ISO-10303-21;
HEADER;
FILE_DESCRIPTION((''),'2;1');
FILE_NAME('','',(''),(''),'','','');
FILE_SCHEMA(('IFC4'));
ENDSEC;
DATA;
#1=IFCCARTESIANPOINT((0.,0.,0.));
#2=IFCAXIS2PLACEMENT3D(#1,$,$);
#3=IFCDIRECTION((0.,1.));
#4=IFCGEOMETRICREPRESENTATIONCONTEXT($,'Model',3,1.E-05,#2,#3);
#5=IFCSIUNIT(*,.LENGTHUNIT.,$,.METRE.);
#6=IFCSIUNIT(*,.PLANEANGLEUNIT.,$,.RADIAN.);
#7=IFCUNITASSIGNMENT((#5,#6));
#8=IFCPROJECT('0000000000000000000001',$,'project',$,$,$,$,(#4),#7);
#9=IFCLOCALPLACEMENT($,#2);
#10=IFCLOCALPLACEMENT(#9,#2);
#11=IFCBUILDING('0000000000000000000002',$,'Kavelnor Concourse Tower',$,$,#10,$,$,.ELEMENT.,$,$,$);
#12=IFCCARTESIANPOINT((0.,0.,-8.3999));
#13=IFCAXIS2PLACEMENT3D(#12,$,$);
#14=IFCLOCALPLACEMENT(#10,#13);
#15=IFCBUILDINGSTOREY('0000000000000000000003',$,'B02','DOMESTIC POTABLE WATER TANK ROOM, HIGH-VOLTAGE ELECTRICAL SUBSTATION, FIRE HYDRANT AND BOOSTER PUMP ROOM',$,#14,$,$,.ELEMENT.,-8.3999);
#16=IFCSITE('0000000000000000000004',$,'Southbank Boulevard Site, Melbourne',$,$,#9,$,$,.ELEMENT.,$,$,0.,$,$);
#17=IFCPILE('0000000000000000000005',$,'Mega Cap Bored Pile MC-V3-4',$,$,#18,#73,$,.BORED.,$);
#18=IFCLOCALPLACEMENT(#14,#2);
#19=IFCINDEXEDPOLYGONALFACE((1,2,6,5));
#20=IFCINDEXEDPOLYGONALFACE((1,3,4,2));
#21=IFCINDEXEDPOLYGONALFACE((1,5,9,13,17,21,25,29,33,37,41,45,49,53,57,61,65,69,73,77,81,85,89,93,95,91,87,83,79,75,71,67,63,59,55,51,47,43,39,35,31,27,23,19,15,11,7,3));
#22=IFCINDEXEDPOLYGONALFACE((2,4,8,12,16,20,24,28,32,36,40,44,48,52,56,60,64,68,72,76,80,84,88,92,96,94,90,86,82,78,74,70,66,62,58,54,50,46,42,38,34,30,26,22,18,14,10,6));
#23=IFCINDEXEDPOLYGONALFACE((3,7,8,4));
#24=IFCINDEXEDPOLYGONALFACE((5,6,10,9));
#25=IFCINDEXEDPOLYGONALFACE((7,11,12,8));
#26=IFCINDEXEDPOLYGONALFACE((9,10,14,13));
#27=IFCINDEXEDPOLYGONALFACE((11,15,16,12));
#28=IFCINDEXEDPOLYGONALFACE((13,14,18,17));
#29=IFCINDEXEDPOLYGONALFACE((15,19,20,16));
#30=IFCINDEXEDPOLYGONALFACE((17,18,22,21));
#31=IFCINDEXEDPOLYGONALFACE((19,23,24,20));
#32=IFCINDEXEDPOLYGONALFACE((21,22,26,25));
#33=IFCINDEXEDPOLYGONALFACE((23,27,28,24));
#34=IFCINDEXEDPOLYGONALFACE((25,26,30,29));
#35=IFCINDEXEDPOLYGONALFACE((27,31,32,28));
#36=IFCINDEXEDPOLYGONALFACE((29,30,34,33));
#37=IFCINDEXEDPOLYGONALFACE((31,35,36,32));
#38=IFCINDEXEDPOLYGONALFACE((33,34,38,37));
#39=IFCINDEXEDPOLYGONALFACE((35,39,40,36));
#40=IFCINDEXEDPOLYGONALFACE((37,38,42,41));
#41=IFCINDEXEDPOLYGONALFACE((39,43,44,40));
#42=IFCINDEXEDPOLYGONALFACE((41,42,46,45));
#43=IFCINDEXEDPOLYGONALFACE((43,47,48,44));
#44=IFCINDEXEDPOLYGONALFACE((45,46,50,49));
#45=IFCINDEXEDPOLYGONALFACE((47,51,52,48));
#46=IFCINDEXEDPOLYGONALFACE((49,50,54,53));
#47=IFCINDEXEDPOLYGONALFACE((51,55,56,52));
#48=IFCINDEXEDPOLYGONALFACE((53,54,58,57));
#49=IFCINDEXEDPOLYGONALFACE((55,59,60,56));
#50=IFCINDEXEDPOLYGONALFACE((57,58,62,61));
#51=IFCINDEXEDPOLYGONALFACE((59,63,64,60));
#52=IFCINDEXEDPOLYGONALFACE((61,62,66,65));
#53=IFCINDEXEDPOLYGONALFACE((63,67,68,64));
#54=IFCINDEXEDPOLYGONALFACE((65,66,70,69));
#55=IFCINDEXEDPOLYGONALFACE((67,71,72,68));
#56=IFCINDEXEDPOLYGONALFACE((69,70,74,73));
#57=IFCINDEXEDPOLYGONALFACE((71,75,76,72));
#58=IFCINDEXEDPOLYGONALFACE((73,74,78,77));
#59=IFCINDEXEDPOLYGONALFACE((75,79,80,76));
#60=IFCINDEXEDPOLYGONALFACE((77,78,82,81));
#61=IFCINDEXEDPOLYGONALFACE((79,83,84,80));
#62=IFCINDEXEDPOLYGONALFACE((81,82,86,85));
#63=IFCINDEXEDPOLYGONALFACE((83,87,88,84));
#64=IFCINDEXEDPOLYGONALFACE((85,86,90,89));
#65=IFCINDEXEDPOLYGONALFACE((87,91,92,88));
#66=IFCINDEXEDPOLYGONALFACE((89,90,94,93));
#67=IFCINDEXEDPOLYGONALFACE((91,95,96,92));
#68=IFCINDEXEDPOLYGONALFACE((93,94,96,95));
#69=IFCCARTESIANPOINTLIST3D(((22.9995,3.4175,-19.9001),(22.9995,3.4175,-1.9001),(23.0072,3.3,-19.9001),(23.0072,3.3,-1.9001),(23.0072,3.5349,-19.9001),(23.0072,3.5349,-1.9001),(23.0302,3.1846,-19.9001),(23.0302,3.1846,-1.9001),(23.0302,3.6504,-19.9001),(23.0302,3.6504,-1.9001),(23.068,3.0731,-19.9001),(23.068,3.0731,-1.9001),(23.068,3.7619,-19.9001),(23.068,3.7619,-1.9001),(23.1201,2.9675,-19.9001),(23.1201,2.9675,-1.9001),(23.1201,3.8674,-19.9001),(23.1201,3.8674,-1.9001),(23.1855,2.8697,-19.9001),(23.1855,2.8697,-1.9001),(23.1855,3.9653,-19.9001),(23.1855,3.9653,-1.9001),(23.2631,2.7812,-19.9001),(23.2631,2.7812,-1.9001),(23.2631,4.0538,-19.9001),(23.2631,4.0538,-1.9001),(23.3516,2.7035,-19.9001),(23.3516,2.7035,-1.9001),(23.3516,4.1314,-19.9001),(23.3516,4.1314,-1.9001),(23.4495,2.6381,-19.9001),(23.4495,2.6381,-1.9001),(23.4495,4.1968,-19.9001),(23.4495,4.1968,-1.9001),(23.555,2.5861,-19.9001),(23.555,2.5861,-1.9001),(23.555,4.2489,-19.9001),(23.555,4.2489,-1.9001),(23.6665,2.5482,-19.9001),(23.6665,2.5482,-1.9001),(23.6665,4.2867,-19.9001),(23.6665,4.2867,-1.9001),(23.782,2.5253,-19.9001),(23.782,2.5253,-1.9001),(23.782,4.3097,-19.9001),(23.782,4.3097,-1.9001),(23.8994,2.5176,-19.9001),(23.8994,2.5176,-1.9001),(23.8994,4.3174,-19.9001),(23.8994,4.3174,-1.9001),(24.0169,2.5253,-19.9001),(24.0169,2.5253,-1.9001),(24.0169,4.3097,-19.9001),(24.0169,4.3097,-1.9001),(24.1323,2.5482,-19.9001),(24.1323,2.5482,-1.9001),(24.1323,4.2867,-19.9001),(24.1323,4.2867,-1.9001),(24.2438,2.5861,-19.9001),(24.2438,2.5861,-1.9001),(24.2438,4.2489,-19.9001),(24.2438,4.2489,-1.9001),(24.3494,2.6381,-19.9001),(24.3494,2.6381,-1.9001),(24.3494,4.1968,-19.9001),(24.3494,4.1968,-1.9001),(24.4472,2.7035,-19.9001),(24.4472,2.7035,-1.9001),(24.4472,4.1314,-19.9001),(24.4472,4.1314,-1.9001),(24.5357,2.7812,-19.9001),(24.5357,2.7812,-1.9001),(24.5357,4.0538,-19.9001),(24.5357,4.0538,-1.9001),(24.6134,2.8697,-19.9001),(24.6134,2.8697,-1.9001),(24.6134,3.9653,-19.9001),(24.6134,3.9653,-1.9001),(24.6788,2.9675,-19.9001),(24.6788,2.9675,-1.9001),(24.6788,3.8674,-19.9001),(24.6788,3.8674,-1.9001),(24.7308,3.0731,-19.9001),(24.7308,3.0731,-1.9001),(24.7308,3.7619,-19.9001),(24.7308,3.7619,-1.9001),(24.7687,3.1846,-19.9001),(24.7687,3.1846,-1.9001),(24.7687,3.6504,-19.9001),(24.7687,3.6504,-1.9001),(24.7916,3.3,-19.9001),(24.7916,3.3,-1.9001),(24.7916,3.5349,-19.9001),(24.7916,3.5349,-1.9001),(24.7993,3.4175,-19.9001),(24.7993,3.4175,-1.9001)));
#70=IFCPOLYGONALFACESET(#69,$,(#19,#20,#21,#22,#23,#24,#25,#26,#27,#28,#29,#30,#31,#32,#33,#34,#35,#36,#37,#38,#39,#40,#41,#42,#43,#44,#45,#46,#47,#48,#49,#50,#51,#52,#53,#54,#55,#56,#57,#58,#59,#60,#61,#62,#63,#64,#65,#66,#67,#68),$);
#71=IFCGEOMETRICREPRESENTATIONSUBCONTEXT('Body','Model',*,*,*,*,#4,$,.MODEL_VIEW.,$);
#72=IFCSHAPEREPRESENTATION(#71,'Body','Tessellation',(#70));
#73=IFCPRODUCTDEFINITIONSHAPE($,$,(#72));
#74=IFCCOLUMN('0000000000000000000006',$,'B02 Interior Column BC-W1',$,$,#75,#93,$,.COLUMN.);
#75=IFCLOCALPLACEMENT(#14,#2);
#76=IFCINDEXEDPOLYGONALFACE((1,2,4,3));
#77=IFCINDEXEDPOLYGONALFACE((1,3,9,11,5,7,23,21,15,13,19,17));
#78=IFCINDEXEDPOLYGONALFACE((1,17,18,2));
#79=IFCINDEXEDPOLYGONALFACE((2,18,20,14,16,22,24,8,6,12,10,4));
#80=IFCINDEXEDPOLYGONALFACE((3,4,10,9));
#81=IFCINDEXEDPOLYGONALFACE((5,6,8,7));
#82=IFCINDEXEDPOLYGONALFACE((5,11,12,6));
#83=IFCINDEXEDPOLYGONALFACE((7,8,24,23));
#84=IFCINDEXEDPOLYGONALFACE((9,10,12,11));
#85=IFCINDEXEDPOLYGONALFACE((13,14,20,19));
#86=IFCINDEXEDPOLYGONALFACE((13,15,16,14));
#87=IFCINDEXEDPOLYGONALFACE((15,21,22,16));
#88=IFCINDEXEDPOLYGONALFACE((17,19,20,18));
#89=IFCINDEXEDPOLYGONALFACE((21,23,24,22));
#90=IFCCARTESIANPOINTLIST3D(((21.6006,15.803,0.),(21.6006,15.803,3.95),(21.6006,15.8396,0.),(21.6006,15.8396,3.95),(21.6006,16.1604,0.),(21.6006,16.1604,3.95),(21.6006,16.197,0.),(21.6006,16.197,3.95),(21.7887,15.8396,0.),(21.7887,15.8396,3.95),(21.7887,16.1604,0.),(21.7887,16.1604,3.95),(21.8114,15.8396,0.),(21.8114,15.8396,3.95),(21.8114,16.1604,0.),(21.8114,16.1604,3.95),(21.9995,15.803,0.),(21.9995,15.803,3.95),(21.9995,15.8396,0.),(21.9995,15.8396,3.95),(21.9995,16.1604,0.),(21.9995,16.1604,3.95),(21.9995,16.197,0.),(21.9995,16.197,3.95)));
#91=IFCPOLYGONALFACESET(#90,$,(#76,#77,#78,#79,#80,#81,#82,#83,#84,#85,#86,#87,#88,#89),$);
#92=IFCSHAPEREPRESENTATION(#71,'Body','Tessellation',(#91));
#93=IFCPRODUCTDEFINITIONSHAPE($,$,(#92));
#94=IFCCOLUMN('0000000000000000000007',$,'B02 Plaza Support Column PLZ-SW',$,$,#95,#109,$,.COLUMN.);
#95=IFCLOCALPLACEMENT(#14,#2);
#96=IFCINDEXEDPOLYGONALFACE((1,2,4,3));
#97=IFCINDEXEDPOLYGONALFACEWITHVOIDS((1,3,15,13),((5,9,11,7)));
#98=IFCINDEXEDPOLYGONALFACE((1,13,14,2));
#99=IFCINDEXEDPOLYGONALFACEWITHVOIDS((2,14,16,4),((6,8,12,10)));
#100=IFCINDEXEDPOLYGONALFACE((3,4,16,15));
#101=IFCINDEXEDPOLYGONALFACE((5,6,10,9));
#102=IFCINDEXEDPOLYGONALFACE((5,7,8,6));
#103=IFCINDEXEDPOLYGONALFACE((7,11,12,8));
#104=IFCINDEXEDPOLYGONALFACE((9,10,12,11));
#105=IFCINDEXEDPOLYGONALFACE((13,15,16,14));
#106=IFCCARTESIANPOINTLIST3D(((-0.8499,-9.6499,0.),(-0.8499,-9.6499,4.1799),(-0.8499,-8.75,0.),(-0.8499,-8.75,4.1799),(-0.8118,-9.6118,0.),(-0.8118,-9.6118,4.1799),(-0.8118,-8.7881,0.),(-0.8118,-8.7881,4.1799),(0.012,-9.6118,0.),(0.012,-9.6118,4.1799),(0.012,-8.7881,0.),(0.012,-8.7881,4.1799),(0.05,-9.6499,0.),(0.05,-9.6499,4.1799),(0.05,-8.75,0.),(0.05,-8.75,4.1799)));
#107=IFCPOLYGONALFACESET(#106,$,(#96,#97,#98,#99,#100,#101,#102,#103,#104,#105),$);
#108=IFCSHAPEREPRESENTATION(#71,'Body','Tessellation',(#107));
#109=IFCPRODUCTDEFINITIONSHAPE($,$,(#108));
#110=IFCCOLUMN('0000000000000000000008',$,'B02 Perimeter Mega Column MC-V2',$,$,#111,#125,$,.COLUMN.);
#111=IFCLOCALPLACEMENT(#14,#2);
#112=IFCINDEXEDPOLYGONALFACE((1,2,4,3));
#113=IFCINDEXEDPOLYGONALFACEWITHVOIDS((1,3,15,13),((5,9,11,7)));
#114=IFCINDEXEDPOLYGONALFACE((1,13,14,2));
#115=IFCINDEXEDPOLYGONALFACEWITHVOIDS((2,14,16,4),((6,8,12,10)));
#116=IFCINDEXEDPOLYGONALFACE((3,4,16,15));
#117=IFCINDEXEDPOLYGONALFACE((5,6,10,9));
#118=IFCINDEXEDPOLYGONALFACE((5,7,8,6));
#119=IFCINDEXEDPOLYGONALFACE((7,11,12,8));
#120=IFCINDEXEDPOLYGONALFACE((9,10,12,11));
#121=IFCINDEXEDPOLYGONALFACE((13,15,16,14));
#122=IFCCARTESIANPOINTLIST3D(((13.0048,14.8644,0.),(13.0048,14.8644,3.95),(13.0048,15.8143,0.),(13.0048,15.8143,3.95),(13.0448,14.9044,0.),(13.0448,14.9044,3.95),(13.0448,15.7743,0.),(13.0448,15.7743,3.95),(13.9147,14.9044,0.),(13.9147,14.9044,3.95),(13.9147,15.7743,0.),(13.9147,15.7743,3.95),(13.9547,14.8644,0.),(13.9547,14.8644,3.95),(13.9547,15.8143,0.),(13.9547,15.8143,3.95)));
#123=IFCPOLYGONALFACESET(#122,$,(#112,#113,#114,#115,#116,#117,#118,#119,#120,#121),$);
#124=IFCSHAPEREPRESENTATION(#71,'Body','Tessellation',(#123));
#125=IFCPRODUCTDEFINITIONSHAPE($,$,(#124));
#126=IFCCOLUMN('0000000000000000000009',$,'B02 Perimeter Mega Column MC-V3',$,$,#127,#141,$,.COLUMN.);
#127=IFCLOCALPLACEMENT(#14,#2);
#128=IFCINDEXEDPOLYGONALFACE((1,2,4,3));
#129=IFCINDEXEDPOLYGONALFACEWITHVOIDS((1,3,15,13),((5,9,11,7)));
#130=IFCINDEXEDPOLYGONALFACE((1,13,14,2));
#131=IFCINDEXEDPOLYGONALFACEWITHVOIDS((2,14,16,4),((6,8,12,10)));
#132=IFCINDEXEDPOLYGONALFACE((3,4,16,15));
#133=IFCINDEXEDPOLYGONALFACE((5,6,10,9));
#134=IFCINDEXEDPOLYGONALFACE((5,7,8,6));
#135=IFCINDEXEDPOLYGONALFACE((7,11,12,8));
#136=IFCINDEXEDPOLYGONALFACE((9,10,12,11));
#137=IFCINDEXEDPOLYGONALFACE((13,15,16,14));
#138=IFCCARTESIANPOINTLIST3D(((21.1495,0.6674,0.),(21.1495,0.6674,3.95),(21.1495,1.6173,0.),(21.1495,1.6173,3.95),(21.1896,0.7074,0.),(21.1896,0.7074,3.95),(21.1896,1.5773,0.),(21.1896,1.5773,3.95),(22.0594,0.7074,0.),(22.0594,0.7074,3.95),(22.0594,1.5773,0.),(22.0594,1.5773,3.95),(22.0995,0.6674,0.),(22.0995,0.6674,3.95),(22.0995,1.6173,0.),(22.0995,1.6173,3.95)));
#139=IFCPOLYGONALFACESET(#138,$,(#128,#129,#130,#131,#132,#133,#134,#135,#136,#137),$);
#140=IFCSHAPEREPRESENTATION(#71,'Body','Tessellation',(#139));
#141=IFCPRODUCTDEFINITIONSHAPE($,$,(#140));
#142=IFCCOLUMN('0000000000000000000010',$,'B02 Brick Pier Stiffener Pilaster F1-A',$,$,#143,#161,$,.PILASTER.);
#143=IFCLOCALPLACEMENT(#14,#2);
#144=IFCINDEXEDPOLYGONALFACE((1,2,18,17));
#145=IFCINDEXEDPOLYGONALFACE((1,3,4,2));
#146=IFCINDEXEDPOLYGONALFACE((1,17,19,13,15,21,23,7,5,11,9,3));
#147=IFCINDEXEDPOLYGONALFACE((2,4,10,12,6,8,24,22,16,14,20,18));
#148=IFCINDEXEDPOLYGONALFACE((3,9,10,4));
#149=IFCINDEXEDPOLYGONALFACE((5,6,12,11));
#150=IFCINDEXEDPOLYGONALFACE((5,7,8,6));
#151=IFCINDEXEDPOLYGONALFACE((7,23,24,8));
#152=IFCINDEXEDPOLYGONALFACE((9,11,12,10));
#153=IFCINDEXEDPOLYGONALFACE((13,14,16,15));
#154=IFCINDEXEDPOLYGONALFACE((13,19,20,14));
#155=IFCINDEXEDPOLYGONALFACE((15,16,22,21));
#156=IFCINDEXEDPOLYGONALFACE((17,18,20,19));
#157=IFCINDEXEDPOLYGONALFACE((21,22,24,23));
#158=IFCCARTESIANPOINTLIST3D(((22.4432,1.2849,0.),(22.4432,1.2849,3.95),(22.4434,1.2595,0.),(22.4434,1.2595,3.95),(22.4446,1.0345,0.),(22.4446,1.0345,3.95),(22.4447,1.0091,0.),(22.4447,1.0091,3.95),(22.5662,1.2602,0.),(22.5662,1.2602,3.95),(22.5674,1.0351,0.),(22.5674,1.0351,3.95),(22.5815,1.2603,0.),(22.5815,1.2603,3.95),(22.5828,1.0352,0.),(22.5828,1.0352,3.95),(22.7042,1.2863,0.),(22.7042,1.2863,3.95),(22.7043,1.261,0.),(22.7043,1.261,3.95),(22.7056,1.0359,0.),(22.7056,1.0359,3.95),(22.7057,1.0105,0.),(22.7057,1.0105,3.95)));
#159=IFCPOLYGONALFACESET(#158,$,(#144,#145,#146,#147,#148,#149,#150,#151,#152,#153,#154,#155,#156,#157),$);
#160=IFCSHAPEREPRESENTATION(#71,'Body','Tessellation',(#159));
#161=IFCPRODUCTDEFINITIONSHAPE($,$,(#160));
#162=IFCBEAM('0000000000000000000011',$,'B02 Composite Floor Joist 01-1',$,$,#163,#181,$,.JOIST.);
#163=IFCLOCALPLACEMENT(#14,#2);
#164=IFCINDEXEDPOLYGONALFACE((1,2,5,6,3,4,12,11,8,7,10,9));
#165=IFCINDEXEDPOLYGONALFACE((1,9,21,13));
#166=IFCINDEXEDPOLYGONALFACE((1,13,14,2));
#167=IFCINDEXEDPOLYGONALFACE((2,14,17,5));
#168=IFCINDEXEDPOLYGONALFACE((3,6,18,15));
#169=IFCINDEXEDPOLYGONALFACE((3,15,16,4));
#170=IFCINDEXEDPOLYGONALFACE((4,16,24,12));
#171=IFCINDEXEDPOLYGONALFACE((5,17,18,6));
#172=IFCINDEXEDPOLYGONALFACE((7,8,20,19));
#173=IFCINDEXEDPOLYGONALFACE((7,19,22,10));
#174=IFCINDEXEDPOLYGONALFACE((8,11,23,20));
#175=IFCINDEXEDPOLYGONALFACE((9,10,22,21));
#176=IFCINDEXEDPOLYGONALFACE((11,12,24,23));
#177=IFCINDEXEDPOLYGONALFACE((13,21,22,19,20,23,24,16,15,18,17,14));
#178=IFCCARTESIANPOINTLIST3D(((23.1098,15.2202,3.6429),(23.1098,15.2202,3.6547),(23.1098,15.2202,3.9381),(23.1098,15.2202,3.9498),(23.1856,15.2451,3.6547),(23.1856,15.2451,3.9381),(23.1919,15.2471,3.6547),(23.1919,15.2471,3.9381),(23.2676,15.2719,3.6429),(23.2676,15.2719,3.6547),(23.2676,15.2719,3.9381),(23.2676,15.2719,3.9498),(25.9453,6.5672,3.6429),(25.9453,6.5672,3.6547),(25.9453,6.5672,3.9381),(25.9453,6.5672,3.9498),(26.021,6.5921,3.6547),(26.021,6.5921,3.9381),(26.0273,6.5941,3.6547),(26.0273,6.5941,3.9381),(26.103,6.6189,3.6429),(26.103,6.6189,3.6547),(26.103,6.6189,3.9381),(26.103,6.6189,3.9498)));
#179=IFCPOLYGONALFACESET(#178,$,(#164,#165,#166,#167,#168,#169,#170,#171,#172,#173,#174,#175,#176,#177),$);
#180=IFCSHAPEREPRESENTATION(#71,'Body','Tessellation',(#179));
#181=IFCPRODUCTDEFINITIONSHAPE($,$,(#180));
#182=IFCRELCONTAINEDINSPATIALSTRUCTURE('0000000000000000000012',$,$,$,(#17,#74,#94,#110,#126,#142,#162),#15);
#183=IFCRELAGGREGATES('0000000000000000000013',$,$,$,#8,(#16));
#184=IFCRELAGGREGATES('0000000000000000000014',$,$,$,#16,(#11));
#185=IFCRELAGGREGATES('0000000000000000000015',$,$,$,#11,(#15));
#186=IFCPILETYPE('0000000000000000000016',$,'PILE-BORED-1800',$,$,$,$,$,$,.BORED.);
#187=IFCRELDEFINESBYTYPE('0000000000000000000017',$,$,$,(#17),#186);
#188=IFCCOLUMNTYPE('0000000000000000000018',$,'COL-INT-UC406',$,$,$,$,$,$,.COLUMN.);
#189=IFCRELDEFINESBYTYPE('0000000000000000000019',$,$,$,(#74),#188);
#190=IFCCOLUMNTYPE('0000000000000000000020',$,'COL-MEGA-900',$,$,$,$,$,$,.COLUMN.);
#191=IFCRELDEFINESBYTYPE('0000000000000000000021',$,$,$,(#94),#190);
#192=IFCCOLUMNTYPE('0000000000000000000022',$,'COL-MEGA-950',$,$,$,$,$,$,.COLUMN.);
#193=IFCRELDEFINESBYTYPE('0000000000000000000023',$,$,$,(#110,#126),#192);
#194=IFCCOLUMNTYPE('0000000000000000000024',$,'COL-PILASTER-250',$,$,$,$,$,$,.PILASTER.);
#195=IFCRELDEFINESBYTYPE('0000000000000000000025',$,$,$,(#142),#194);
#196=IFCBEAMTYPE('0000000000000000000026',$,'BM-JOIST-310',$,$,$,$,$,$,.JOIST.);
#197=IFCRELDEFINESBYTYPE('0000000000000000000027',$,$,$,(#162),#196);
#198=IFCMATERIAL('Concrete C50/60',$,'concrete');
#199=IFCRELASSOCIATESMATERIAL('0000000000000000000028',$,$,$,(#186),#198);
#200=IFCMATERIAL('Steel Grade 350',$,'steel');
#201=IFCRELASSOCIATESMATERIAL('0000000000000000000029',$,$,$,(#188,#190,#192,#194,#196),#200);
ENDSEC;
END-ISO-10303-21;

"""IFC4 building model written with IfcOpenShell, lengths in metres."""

from ifc_helpers import new_model, si_unit, direction, frame, origin, origin_2d, place, context, subcontext, project, spatial, hollow_rectangle, circle, i_section, extrude, material, material_profile, profile_set, type_object, element, save


model = new_model("IFC4")

# Units and contexts
model_context = context("Model", 3, precision=1e-05, world=origin(), true_north=direction((0.0, 1.0)))
body_context = subcontext(model_context, "Body", "Model", "MODEL_VIEW")
ifc_project = project(units=[si_unit("LENGTHUNIT", "METRE"), si_unit("PLANEANGLEUNIT", "RADIAN")], contexts=[model_context])

# Site, building, storey
site_placement = place(None, origin())
site = spatial("IfcSite", under=ifc_project, at=site_placement, Name="Southbank Boulevard Site, Melbourne", CompositionType="ELEMENT", RefElevation=0.0)
building_placement = place(site_placement, origin())
building = spatial("IfcBuilding", under=site, at=building_placement, Name="Kavelnor Concourse Tower", CompositionType="ELEMENT")
storey_placement = place(building_placement, frame((0.0, 0.0, -8.3999)))
storey = spatial("IfcBuildingStorey", under=building, at=storey_placement, Name="B02", Description="DOMESTIC POTABLE WATER TANK ROOM, HIGH-VOLTAGE ELECTRICAL SUBSTATION, FIRE HYDRANT AND BOOSTER PUMP ROOM", CompositionType="ELEMENT", Elevation=-8.3999)

# Shared definitions
ifc_material_1 = material(Name="Concrete C50/60", Category="concrete")

# Pile
ifc_material_profile_1 = material_profile(ifc_material_1, circle(Radius=0.8999, at=origin_2d()), Name="PILE-D1800")
ifc_profile_set_1 = profile_set([ifc_material_profile_1], Name="Concrete C50/60")
pile_type_1 = type_object("IfcPileType", Name="PILE-BORED-1800", PredefinedType="BORED", material=ifc_profile_set_1)
for number, where, z_axis, x_axis, name in (
    (1, (23.8994, 3.4175, -1.9001), (0.0, 0.0, -1.0), (1.0, 0.0, 0.0), "Mega Cap Bored Pile MC-V3-4"),
):
    element("IfcPile", number, at=place(storey_placement, frame(where, z_axis=z_axis, x_axis=x_axis)), inside=storey, type_object=pile_type_1, Name=name, PredefinedType="BORED", context=body_context, shape_type="SweptSolid", body=[
        extrude(circle(Radius=0.8999, at=origin_2d()), origin(), (0.0, 0.0, 1.0), 18.0),
    ])

# Columns
ifc_material_2 = material(Name="Steel Grade 350", Category="steel")
ifc_material_profile_2 = material_profile(ifc_material_2, i_section(OverallWidth=0.3989, OverallDepth=0.394, WebThickness=0.0227, FlangeThickness=0.0366, at=origin_2d()), Name="UC 356x406x287")
ifc_profile_set_2 = profile_set([ifc_material_profile_2], Name="Steel Grade 350")
column_type_1 = type_object("IfcColumnType", Name="COL-INT-UC406", PredefinedType="COLUMN", material=ifc_profile_set_2)
column_1_placement = place(storey_placement, frame((21.8, 16.0, 0.0), z_axis=(0.0, 0.0, 1.0), x_axis=(1.0, 0.0, 0.0)))
element("IfcColumn", 2, at=column_1_placement, inside=storey, type_object=column_type_1, Name="B02 Interior Column BC-W1", PredefinedType="COLUMN", context=body_context, shape_type="SweptSolid", body=[
    extrude(i_section(OverallWidth=0.3989, OverallDepth=0.394, WebThickness=0.0227, FlangeThickness=0.0366, at=origin_2d()), origin(), (0.0, 0.0, 1.0), 3.95),
])
ifc_material_profile_3 = material_profile(ifc_material_2, hollow_rectangle(XDim=0.8999, YDim=0.8999, WallThickness=0.0381, at=origin_2d()), Name="SHS 900x900x38")
ifc_profile_set_3 = profile_set([ifc_material_profile_3], Name="Steel Grade 350")
column_type_2 = type_object("IfcColumnType", Name="COL-MEGA-900", PredefinedType="COLUMN", material=ifc_profile_set_3)
column_2_placement = place(storey_placement, frame((-0.3999, -9.2, 0.0), z_axis=(0.0, 0.0, 1.0), x_axis=(1.0, 0.0, 0.0)))
element("IfcColumn", 3, at=column_2_placement, inside=storey, type_object=column_type_2, Name="B02 Plaza Support Column PLZ-SW", PredefinedType="COLUMN", context=body_context, shape_type="SweptSolid", body=[
    extrude(hollow_rectangle(XDim=0.8999, YDim=0.8999, WallThickness=0.0381, at=origin_2d()), origin(), (0.0, 0.0, 1.0), 4.1799),
])
ifc_material_profile_4 = material_profile(ifc_material_2, hollow_rectangle(XDim=0.95, YDim=0.95, WallThickness=0.04, at=origin_2d()), Name="SHS 950x950x40")
ifc_profile_set_4 = profile_set([ifc_material_profile_4], Name="Steel Grade 350")
column_type_3 = type_object("IfcColumnType", Name="COL-MEGA-950", PredefinedType="COLUMN", material=ifc_profile_set_4)
for number, where, z_axis, x_axis, name in (
    (4, (13.4797, 15.3394, 0.0), (0.0, 0.0, 1.0), (1.0, 0.0, 0.0), "B02 Perimeter Mega Column MC-V2"),
    (5, (21.6245, 1.1423, 0.0), (0.0, 0.0, 1.0), (1.0, 0.0, 0.0), "B02 Perimeter Mega Column MC-V3"),
):
    element("IfcColumn", number, at=place(storey_placement, frame(where, z_axis=z_axis, x_axis=x_axis)), inside=storey, type_object=column_type_3, Name=name, PredefinedType="COLUMN", context=body_context, shape_type="SweptSolid", body=[
        extrude(hollow_rectangle(XDim=0.95, YDim=0.95, WallThickness=0.04, at=origin_2d()), origin(), (0.0, 0.0, 1.0), 3.95),
    ])
ifc_material_profile_5 = material_profile(ifc_material_2, i_section(OverallWidth=0.261, OverallDepth=0.2759, WebThickness=0.0154, FlangeThickness=0.0254, at=origin_2d()), Name="UC 254x254x132")
ifc_profile_set_5 = profile_set([ifc_material_profile_5], Name="Steel Grade 350")
column_type_4 = type_object("IfcColumnType", Name="COL-PILASTER-250", PredefinedType="PILASTER", material=ifc_profile_set_5)
column_3_placement = place(storey_placement, frame((22.5745, 1.1477, 0.0), z_axis=(0.0, 0.0, 1.0), x_axis=(0.999985, 0.00541, 0.0)))
element("IfcColumn", 6, at=column_3_placement, inside=storey, type_object=column_type_4, Name="B02 Brick Pier Stiffener Pilaster F1-A", PredefinedType="PILASTER", context=body_context, shape_type="SweptSolid", body=[
    extrude(i_section(OverallWidth=0.261, OverallDepth=0.2759, WebThickness=0.0154, FlangeThickness=0.0254, at=origin_2d()), origin(), (0.0, 0.0, 1.0), 3.95),
])

# Beam
ifc_material_profile_6 = material_profile(ifc_material_2, i_section(OverallWidth=0.166, OverallDepth=0.3069, WebThickness=0.0066, FlangeThickness=0.0117, at=origin_2d()), Name="310UB46")
ifc_profile_set_6 = profile_set([ifc_material_profile_6], Name="Steel Grade 350")
beam_type_1 = type_object("IfcBeamType", Name="BM-JOIST-310", PredefinedType="JOIST", material=ifc_profile_set_6)
beam_1_placement = place(storey_placement, frame((23.1887, 15.2461, 3.7964), z_axis=(0.31139, -0.950282, 0.0), x_axis=(0.950282, 0.31139, 0.0)))
element("IfcBeam", 7, at=beam_1_placement, inside=storey, type_object=beam_type_1, Name="B02 Composite Floor Joist 01-1", PredefinedType="JOIST", context=body_context, shape_type="SweptSolid", body=[
    extrude(i_section(OverallWidth=0.166, OverallDepth=0.3069, WebThickness=0.0066, FlangeThickness=0.0117, at=origin_2d()), origin(), (0.0, 0.0, 1.0), 9.1057),
])

save(model, "model.ifc")
